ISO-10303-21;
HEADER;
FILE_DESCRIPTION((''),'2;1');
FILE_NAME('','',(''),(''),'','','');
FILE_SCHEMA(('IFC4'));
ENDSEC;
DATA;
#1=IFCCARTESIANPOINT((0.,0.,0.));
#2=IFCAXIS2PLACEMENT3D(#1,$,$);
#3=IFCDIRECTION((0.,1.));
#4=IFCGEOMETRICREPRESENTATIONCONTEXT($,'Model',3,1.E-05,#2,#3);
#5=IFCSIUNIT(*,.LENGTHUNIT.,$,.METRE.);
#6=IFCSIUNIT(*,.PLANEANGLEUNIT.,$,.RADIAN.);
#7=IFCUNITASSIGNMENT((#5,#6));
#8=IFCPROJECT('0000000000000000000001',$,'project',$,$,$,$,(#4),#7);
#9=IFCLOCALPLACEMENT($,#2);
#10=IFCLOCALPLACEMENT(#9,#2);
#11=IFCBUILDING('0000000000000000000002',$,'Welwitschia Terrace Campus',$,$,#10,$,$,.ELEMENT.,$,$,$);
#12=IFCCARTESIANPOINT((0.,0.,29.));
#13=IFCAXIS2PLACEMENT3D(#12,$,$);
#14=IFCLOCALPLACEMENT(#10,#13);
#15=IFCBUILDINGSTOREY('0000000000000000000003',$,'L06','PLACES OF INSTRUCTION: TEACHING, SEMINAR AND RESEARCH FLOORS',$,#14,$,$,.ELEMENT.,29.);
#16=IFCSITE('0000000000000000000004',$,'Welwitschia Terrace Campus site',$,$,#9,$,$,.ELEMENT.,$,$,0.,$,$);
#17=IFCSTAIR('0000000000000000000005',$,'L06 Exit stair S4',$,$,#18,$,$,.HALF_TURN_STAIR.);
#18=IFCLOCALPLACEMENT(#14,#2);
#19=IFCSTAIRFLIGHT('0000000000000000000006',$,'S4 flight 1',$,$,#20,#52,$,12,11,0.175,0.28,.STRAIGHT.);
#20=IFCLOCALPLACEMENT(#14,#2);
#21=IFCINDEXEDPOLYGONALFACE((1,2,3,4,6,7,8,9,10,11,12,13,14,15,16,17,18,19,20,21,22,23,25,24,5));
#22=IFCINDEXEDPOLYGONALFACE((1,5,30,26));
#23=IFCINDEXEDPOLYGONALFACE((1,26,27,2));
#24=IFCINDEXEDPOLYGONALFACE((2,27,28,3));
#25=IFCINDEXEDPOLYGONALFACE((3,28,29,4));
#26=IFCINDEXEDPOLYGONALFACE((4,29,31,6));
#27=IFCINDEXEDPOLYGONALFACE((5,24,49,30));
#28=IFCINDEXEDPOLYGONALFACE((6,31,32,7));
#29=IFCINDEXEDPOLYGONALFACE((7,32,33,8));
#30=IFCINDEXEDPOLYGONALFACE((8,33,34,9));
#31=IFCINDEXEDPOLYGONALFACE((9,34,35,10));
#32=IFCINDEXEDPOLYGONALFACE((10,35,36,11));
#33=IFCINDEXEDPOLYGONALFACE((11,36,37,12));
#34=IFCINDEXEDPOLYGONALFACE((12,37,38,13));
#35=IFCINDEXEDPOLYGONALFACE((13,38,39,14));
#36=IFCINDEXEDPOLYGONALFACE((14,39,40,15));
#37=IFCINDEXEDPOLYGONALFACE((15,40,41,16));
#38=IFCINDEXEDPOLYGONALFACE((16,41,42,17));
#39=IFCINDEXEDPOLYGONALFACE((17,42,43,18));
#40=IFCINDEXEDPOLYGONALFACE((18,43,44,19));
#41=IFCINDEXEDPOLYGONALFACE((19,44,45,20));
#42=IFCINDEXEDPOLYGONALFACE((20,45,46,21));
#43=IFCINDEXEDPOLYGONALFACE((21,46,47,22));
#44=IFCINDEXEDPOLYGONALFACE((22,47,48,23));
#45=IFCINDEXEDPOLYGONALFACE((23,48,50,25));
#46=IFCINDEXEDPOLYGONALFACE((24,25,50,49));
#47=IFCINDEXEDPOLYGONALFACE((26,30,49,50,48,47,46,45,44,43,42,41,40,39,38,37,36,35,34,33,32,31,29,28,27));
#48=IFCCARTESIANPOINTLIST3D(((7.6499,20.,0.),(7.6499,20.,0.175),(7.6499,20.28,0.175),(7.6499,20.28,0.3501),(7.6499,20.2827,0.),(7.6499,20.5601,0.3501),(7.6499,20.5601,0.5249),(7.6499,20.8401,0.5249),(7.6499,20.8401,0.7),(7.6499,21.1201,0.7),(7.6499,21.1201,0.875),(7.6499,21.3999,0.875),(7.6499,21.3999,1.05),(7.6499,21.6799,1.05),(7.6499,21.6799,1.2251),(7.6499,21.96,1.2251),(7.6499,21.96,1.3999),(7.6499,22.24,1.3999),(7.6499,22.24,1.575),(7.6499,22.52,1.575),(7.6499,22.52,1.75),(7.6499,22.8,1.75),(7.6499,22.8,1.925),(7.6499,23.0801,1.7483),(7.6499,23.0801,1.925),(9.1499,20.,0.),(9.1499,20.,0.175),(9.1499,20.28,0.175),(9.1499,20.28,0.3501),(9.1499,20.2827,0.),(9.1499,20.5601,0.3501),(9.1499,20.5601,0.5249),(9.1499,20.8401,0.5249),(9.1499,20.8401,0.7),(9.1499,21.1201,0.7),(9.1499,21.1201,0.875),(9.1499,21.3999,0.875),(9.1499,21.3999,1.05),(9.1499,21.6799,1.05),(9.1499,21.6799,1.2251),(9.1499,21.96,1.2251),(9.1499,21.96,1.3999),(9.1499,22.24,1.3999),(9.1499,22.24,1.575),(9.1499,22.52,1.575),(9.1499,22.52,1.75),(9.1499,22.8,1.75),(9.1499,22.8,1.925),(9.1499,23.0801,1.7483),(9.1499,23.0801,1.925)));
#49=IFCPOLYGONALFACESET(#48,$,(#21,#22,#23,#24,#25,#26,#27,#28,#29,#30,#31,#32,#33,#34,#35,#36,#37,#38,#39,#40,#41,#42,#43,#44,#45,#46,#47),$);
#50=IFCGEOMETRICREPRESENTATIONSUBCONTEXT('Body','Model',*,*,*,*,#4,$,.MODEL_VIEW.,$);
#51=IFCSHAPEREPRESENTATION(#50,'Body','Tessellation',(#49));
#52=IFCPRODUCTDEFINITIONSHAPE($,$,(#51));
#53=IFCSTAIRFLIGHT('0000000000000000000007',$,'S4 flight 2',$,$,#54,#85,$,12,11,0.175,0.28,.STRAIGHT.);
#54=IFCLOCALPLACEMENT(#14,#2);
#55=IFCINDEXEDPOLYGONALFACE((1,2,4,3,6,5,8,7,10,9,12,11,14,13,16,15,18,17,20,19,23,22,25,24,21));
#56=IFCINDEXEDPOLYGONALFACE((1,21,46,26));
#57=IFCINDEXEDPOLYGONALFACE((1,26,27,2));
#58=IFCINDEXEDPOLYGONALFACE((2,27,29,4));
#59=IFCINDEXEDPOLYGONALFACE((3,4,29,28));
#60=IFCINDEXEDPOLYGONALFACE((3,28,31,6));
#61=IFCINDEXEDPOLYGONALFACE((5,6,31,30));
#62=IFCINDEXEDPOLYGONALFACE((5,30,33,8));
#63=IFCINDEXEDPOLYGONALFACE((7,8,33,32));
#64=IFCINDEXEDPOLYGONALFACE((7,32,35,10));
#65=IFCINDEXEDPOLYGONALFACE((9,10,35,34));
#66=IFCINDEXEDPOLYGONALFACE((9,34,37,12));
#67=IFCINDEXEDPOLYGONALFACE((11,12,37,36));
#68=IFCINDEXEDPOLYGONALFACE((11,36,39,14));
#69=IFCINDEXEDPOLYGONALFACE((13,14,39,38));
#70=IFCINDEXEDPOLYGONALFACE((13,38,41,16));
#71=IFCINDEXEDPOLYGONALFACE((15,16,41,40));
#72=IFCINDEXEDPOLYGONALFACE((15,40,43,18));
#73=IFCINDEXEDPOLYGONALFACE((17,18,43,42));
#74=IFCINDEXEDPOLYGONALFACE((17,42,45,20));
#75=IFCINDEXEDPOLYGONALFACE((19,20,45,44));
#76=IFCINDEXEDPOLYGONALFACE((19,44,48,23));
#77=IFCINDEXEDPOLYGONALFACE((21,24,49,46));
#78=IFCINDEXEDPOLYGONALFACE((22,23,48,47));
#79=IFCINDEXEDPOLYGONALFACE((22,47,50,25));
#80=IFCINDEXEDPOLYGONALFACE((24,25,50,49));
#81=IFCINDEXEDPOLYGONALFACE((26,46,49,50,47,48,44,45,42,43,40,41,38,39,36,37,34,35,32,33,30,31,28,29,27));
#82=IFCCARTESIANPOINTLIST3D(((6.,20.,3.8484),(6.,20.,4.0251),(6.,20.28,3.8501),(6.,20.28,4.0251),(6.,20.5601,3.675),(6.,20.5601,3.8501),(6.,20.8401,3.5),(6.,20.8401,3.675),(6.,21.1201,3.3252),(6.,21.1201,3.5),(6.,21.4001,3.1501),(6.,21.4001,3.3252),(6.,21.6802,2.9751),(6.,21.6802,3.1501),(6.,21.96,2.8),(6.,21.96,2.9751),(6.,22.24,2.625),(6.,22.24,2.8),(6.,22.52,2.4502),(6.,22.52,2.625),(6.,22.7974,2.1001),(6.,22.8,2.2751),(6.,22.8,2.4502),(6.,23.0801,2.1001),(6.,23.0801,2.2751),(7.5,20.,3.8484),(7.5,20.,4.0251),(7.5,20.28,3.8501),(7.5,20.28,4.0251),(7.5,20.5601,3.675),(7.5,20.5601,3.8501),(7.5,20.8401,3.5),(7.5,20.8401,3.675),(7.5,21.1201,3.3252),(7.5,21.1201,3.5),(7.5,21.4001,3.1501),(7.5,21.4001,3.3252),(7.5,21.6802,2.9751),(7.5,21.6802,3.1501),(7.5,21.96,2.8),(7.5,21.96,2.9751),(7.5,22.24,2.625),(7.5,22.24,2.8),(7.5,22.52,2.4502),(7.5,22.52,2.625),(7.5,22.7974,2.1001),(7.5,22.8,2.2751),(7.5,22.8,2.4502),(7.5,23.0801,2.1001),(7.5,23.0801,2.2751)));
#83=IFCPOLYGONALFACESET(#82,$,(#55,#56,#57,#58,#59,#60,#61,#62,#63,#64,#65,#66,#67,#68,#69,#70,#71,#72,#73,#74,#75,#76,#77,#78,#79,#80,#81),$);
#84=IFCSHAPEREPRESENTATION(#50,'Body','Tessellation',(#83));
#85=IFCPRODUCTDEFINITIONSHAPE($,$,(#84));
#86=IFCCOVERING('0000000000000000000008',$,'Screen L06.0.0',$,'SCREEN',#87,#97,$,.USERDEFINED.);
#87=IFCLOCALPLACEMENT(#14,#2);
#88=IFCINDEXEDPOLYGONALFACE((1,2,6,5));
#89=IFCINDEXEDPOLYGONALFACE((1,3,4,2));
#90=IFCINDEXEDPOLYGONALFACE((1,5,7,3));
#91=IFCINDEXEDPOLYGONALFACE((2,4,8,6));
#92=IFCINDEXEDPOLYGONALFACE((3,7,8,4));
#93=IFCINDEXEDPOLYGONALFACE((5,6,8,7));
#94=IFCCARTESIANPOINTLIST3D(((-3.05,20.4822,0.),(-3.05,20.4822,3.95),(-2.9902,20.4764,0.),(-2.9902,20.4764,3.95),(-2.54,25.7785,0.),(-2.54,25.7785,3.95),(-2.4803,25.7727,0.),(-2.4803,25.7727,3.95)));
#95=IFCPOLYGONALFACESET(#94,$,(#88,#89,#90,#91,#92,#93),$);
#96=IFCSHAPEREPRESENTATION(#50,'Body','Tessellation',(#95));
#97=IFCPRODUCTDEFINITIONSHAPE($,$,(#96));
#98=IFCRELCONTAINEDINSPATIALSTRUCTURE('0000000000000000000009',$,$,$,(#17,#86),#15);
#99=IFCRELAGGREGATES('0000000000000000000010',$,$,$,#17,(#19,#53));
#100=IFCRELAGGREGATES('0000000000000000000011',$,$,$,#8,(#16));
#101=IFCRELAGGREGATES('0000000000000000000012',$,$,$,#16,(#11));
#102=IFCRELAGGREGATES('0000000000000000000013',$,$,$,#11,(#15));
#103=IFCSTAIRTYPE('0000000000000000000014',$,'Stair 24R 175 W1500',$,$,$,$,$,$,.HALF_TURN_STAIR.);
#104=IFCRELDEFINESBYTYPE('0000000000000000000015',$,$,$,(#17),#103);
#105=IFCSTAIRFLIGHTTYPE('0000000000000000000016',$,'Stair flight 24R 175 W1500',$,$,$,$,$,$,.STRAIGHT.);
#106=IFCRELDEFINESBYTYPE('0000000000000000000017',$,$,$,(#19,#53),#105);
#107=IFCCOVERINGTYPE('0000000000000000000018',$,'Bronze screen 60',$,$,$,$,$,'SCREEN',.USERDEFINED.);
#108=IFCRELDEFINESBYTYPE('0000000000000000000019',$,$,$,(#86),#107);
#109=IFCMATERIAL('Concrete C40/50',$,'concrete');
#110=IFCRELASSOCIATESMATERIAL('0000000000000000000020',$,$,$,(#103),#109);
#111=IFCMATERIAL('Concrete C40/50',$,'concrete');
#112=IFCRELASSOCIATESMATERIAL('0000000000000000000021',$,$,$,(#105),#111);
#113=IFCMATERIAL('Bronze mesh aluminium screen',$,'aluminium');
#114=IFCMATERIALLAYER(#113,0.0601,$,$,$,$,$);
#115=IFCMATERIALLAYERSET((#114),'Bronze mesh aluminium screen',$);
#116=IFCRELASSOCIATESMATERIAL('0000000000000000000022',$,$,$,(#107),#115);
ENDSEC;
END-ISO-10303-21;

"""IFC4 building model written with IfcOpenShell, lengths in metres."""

from ifc_helpers import new_model, si_unit, direction, frame, origin, origin_2d, place, context, subcontext, project, spatial, polyline, rectangle, outline, extrude, material, layer, layer_set, type_object, element, aggregate, save


model = new_model("IFC4")

# Units and contexts
model_context = context("Model", 3, precision=1e-05, world=origin(), true_north=direction((0.0, 1.0)))
body_context = subcontext(model_context, "Body", "Model", "MODEL_VIEW")
ifc_project = project(units=[si_unit("LENGTHUNIT", "METRE"), si_unit("PLANEANGLEUNIT", "RADIAN")], contexts=[model_context])

# Site, building, storey
site_placement = place(None, origin())
site = spatial("IfcSite", under=ifc_project, at=site_placement, Name="Welwitschia Terrace Campus site", CompositionType="ELEMENT", RefElevation=0.0)
building_placement = place(site_placement, origin())
building = spatial("IfcBuilding", under=site, at=building_placement, Name="Welwitschia Terrace Campus", CompositionType="ELEMENT")
storey_placement = place(building_placement, frame((0.0, 0.0, 29.0)))
storey = spatial("IfcBuildingStorey", under=building, at=storey_placement, Name="L06", Description="PLACES OF INSTRUCTION: TEACHING, SEMINAR AND RESEARCH FLOORS", CompositionType="ELEMENT", Elevation=29.0)

# Stair, stair flights
ifc_material_1 = material(Name="Concrete C40/50", Category="concrete")
stair_type = type_object("IfcStairType", Name="Stair 24R 175 W1500", PredefinedType="HALF_TURN_STAIR", material=ifc_material_1)
stair_placement = place(storey_placement, origin())
stair = element("IfcStair", 1, at=stair_placement, inside=storey, type_object=stair_type, Name="L06 Exit stair S4", PredefinedType="HALF_TURN_STAIR")
ifc_material_2 = material(Name="Concrete C40/50", Category="concrete")
stair_flight_type = type_object("IfcStairFlightType", Name="Stair flight 24R 175 W1500", PredefinedType="STRAIGHT", material=ifc_material_2)
stair_flight_1_placement = place(storey_placement, frame((8.3999, 20.0, 0.0), z_axis=(0.0, 0.0, 1.0), x_axis=(0.0, 1.0, 0.0)))
stair_flight_1 = element("IfcStairFlight", 2, at=stair_flight_1_placement, type_object=stair_flight_type, Name="S4 flight 1", NumberOfRisers=12, NumberOfTreads=11, PredefinedType="STRAIGHT", RiserHeight=0.175, TreadLength=0.28, context=body_context, shape_type="SweptSolid", body=[
    extrude(outline(polyline([(0.0, 0.0), (0.0, 0.175), (0.28, 0.175), (0.28, 0.3501), (0.5601, 0.3501), (0.5601, 0.5249), (0.8401, 0.5249), (0.8401, 0.7), (1.1201, 0.7), (1.1201, 0.875), (1.3999, 0.875), (1.3999, 1.05), (1.6799, 1.05), (1.6799, 1.2251), (1.96, 1.2251), (1.96, 1.3999), (2.24, 1.3999), (2.24, 1.575), (2.52, 1.575), (2.52, 1.75), (2.8, 1.75), (2.8, 1.925), (3.0801, 1.925), (3.0801, 2.1001), (3.0801, 1.7483), (0.2827, 0.0), (0.0, 0.0)])), frame((0.0, 0.75, 0.0), z_axis=(0.0, -1.0, 0.0), x_axis=(1.0, 0.0, 0.0)), (0.0, 0.0, 1.0), 1.5),
])
stair_flight_2_placement = place(storey_placement, frame((6.75, 23.0801, 2.1001), z_axis=(0.0, 0.0, 1.0), x_axis=(0.0, -1.0, 0.0)))
stair_flight_2 = element("IfcStairFlight", 3, at=stair_flight_2_placement, type_object=stair_flight_type, Name="S4 flight 2", NumberOfRisers=12, NumberOfTreads=11, PredefinedType="STRAIGHT", RiserHeight=0.175, TreadLength=0.28, context=body_context, shape_type="SweptSolid", body=[
    extrude(outline(polyline([(0.0, 0.0), (0.0, 0.175), (0.28, 0.175), (0.28, 0.3501), (0.5601, 0.3501), (0.5601, 0.5249), (0.8401, 0.5249), (0.8401, 0.7), (1.1201, 0.7), (1.1201, 0.875), (1.3999, 0.875), (1.3999, 1.05), (1.6799, 1.05), (1.6799, 1.2251), (1.96, 1.2251), (1.96, 1.3999), (2.24, 1.3999), (2.24, 1.575), (2.52, 1.575), (2.52, 1.75), (2.8, 1.75), (2.8, 1.925), (3.0801, 1.925), (3.0801, 2.1001), (3.0801, 1.7483), (0.2827, 0.0), (0.0, 0.0)])), frame((0.0, 0.75, 0.0), z_axis=(0.0, -1.0, 0.0), x_axis=(1.0, 0.0, 0.0)), (0.0, 0.0, 1.0), 1.5),
])
aggregate(stair, [stair_flight_1, stair_flight_2])

# Covering
ifc_material_3 = material(Name="Bronze mesh aluminium screen", Category="aluminium")
ifc_layer_1 = layer(ifc_material_3, 0.0601)
ifc_layer_set_1 = layer_set([ifc_layer_1], Name="Bronze mesh aluminium screen")
covering_type = type_object("IfcCoveringType", Name="Bronze screen 60", ElementType="SCREEN", PredefinedType="USERDEFINED", material=ifc_layer_set_1)
covering_placement = place(storey_placement, frame((-2.7651, 23.1274, 0.0), z_axis=(0.0, 0.0, 1.0), x_axis=(-0.095846, -0.995396, 0.0)))
element("IfcCovering", 4, at=covering_placement, inside=storey, type_object=covering_type, Name="Screen L06.0.0", ObjectType="SCREEN", PredefinedType="USERDEFINED", context=body_context, shape_type="SweptSolid", body=[
    extrude(rectangle(XDim=5.3208, YDim=0.0601, at=origin_2d()), origin(), (0.0, 0.0, 1.0), 3.95),
])

save(model, "model.ifc")
